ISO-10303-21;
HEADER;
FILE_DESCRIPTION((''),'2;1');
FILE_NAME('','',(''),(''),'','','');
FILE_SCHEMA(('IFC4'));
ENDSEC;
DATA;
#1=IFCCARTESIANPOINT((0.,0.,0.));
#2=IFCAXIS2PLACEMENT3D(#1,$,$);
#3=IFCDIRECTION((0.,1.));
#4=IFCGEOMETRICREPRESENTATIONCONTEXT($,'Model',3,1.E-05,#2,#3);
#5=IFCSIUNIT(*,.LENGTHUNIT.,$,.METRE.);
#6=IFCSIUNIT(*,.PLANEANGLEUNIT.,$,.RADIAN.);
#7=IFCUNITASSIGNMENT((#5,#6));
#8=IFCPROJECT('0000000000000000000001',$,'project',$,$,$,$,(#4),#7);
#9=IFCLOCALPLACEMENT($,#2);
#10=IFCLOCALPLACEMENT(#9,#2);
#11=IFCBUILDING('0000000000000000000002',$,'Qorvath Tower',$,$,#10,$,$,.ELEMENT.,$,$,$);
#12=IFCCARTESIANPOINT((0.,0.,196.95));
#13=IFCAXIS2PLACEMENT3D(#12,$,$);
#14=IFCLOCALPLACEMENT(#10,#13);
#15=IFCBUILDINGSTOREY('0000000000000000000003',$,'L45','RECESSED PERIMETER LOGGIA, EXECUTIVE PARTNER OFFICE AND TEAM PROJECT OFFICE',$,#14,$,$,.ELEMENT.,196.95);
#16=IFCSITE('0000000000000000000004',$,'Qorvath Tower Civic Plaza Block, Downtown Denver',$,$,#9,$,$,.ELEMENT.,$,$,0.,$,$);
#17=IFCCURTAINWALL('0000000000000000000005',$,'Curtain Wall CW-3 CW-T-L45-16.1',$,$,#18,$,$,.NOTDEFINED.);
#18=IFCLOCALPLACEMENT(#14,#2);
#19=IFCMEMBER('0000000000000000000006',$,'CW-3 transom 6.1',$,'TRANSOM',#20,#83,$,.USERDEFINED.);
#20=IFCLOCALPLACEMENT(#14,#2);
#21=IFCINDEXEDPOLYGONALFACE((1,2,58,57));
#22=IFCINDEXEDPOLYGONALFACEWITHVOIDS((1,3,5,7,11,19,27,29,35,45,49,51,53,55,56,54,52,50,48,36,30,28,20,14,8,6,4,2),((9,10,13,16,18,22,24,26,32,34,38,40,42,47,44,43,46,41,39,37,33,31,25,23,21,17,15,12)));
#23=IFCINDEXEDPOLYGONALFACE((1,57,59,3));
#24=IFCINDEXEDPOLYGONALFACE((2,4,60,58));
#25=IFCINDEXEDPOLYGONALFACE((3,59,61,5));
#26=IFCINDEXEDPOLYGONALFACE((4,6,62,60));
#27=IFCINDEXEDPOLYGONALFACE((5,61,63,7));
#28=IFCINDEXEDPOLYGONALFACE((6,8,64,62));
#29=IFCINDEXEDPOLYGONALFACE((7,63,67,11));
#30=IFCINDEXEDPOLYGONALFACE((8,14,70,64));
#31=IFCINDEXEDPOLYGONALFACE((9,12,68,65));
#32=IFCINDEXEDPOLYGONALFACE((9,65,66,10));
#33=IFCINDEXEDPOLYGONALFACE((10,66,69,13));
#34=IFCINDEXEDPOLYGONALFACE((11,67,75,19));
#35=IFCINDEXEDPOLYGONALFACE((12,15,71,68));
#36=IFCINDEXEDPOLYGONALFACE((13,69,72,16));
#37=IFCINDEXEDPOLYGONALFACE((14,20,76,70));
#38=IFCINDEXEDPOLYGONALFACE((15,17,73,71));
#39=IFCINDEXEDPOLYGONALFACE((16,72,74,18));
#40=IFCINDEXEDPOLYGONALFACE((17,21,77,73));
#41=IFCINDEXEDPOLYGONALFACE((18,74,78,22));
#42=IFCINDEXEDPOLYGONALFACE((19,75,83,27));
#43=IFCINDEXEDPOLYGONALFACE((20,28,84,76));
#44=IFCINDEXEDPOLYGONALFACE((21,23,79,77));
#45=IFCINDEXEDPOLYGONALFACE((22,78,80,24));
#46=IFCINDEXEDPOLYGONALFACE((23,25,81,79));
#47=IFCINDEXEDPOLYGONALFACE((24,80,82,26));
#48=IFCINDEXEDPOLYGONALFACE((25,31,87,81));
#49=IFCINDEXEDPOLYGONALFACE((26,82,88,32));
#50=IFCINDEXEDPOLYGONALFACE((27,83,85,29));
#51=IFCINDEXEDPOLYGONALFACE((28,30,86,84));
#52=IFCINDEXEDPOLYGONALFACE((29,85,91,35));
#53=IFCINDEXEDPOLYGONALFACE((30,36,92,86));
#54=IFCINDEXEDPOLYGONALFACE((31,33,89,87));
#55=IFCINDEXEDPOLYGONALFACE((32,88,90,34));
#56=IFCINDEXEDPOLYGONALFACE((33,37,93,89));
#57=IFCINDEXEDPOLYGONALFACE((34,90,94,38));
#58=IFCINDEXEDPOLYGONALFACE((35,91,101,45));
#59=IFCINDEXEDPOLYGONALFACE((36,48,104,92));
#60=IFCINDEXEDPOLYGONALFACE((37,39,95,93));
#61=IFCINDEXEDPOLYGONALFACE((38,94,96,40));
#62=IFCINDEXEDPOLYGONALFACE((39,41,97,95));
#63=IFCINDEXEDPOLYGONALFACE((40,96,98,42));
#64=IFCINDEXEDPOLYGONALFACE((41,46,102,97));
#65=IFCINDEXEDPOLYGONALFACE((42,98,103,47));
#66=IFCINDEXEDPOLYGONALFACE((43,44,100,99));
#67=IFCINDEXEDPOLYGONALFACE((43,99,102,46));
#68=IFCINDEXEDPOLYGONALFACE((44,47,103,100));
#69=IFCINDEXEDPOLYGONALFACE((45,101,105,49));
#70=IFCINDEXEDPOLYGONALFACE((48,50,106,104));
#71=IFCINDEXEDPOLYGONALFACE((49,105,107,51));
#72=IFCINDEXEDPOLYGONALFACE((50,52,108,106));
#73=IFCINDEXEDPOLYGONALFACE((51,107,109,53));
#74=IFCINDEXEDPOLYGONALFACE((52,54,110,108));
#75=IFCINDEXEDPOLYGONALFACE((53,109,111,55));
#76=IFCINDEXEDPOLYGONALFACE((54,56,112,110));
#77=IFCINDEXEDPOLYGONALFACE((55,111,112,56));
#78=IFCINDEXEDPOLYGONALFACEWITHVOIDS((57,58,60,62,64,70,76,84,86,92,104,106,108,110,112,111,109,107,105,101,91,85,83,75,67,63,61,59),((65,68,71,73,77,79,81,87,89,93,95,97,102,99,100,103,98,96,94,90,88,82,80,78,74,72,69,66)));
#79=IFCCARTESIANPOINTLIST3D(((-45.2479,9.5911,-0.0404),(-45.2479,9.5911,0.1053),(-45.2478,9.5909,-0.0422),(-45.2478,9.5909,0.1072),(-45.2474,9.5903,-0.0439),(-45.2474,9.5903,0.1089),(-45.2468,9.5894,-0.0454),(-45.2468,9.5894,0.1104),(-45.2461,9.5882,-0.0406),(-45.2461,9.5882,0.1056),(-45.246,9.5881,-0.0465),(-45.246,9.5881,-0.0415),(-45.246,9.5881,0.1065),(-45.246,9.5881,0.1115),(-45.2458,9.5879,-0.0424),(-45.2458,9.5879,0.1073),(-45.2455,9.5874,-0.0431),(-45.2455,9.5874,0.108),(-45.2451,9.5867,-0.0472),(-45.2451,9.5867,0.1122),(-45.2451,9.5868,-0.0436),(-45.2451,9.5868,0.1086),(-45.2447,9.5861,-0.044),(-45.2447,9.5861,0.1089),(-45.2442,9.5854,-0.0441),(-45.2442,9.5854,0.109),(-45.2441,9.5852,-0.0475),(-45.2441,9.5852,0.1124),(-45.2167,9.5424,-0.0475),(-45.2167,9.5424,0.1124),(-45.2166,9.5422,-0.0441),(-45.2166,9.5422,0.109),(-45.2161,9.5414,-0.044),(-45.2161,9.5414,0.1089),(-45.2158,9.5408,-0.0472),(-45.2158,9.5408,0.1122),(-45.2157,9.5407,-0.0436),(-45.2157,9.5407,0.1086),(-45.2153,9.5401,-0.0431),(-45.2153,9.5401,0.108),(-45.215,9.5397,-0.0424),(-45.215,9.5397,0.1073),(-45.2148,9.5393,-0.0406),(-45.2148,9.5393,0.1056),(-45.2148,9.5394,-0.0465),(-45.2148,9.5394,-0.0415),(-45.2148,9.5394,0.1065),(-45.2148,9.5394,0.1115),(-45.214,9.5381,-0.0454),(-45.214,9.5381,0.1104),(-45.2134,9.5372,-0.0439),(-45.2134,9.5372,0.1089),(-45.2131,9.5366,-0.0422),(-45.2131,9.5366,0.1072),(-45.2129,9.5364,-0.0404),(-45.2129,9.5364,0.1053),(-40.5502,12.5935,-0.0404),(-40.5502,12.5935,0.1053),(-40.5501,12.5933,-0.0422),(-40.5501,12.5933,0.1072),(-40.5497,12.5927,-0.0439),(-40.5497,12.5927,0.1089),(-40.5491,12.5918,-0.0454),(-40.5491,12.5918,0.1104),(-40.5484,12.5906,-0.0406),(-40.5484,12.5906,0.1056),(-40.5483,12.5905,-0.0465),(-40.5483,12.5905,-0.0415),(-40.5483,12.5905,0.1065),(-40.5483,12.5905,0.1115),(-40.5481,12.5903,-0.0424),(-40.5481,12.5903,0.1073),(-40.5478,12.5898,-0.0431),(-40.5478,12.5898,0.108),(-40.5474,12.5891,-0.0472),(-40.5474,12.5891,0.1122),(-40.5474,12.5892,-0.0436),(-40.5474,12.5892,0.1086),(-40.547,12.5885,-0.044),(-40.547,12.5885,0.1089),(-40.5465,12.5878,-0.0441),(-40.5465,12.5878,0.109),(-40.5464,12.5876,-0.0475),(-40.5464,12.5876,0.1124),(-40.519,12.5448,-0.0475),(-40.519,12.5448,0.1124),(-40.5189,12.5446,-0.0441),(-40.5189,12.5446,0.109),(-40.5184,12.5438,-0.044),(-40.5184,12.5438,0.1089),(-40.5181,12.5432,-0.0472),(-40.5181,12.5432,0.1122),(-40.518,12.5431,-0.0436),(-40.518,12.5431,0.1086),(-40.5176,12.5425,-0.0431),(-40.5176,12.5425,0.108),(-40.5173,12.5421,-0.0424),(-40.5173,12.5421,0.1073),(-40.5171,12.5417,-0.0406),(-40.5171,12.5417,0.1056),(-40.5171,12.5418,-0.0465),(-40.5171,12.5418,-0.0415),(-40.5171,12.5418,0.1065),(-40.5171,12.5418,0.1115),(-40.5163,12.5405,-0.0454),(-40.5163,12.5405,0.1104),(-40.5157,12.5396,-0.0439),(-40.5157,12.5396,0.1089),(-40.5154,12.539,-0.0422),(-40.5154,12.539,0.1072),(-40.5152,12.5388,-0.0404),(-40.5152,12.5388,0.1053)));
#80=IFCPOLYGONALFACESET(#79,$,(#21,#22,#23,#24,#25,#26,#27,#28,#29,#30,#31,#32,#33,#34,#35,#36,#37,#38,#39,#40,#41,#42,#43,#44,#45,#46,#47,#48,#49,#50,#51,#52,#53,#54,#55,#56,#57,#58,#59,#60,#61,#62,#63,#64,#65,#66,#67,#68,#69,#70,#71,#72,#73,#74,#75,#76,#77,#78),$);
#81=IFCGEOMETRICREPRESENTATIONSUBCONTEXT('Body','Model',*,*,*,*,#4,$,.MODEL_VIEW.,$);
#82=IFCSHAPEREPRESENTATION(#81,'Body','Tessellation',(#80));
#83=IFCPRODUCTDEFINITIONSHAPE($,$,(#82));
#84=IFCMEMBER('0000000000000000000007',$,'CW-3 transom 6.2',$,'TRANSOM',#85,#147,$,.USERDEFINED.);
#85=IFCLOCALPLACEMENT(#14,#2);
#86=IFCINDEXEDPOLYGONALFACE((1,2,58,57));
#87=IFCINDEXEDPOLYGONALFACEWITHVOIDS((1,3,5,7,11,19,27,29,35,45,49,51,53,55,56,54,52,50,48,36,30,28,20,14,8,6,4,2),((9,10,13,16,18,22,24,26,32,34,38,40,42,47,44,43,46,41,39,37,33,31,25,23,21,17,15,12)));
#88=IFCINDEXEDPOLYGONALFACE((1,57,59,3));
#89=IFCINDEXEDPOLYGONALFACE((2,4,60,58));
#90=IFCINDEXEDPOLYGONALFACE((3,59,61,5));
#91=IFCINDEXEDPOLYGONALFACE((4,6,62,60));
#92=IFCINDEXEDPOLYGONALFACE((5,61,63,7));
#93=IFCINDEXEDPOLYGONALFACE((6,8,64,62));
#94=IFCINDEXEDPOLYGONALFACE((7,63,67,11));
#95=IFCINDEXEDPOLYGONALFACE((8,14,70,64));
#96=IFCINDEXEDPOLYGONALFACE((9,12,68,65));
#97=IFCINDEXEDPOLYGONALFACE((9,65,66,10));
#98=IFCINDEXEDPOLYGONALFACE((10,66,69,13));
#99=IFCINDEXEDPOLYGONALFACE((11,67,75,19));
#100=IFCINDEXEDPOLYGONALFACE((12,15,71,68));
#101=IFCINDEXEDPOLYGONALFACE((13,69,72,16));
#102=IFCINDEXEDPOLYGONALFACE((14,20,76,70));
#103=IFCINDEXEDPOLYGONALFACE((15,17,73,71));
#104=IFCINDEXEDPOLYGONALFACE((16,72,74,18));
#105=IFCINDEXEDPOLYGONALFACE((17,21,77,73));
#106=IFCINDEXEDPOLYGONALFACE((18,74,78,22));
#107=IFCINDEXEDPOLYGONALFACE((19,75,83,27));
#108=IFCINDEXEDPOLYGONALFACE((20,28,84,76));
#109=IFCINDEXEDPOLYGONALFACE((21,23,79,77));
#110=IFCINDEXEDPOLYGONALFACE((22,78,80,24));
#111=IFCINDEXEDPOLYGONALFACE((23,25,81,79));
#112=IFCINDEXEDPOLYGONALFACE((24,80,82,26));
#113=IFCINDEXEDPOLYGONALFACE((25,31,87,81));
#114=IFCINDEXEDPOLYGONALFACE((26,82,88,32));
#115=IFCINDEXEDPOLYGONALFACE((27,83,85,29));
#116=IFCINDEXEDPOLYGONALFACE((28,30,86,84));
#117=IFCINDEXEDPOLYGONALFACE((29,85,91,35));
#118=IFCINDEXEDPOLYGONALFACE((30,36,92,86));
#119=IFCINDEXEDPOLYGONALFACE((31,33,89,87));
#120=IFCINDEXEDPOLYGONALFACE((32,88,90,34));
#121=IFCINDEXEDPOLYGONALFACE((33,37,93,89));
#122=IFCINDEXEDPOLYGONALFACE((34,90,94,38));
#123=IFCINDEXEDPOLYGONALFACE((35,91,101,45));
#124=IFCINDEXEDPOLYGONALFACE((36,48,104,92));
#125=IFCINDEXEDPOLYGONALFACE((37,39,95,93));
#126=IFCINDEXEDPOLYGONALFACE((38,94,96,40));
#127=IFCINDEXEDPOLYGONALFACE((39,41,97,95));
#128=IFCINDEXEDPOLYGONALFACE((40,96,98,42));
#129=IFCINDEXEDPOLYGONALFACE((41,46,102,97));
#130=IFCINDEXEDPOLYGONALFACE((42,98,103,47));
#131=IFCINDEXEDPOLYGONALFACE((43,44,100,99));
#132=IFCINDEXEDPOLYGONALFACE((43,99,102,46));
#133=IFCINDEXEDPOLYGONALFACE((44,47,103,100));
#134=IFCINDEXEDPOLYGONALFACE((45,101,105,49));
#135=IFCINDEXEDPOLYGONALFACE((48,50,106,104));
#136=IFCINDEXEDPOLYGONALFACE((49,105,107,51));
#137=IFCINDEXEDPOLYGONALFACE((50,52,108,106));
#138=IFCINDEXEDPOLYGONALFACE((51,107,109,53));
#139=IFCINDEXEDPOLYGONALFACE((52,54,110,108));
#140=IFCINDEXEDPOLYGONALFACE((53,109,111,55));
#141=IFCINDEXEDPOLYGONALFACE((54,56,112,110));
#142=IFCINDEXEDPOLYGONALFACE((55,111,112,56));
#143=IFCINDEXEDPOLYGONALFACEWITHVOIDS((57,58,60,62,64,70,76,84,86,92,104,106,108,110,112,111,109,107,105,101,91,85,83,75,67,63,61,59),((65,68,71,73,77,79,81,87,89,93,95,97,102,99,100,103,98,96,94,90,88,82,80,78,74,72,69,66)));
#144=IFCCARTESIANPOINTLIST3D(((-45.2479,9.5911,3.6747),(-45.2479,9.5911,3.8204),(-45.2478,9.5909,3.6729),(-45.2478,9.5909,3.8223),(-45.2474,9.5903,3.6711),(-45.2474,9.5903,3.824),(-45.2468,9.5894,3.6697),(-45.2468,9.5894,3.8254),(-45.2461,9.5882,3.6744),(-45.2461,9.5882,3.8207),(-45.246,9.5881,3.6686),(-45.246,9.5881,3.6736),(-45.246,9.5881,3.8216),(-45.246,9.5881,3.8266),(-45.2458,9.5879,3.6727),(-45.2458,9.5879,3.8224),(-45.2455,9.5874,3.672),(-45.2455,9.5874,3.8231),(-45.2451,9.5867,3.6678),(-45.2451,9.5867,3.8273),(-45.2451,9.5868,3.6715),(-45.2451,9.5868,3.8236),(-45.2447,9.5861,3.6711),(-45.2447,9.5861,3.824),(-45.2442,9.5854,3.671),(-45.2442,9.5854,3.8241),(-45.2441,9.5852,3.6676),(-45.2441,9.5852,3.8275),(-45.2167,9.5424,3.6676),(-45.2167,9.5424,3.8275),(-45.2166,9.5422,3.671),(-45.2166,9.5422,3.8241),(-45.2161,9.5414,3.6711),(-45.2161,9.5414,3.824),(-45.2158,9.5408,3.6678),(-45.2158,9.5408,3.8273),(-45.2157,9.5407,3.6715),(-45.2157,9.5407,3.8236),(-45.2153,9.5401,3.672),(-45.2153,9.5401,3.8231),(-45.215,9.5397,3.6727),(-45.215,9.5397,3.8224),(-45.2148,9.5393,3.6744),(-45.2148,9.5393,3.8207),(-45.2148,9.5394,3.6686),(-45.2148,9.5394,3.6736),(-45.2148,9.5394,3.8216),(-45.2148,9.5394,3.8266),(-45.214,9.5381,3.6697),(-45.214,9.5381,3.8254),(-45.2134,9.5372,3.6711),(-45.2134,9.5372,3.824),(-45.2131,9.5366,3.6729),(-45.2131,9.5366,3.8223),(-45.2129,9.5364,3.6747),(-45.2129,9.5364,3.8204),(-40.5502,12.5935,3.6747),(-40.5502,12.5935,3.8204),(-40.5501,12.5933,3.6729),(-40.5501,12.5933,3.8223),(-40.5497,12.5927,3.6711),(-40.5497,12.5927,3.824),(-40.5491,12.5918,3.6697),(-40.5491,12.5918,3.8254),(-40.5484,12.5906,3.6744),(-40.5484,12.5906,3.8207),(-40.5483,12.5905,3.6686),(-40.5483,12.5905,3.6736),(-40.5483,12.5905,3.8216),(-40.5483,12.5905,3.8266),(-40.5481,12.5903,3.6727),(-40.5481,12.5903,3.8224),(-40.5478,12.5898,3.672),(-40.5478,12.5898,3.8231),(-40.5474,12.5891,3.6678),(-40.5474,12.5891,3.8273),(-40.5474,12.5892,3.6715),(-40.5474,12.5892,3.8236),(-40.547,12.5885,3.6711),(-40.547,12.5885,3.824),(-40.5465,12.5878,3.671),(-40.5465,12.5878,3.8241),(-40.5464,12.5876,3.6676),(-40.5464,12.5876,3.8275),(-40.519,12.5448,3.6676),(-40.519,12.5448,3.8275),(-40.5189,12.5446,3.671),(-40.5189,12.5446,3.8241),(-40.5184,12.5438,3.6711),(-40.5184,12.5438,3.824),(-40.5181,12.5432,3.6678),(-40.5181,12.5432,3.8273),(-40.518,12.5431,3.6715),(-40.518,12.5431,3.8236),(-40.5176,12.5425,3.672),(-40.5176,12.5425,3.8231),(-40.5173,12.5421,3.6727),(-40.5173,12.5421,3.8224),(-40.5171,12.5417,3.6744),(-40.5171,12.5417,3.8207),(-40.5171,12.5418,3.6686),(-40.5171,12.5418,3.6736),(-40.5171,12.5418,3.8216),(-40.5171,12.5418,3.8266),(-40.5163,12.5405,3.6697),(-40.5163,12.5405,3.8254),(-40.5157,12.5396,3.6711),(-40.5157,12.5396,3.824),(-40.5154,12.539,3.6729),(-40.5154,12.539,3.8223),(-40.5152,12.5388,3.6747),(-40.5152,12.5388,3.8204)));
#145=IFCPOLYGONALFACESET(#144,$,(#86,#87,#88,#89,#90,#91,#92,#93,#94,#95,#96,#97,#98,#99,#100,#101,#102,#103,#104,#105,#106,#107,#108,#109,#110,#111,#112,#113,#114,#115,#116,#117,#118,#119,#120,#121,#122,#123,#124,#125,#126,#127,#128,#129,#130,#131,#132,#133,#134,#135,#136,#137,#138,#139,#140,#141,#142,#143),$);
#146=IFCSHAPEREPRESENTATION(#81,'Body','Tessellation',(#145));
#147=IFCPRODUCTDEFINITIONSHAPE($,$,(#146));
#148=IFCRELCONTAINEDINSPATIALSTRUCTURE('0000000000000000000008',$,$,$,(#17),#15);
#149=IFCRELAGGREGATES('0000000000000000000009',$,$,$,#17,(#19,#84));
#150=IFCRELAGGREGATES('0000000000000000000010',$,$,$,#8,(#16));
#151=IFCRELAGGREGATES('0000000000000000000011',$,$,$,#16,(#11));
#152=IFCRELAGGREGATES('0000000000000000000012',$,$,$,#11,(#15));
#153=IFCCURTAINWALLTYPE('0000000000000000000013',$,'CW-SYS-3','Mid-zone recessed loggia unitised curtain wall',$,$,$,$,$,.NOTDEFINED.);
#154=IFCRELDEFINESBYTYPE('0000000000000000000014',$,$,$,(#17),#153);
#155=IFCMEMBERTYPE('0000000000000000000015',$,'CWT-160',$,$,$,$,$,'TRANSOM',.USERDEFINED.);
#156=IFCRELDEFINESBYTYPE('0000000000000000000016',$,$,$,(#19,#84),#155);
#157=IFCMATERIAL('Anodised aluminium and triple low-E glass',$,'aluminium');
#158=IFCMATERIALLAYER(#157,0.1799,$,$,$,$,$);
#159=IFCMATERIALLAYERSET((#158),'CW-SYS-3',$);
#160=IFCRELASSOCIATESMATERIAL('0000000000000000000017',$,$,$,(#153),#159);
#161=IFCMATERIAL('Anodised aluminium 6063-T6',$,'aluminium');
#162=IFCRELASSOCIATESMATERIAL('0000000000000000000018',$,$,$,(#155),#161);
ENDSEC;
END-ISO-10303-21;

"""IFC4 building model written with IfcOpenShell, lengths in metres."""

from ifc_helpers import new_model, si_unit, direction, frame, origin, origin_2d, place, context, subcontext, project, spatial, hollow_rectangle, extrude, material, layer, layer_set, material_profile, profile_set, type_object, element, aggregate, save


model = new_model("IFC4")

# Units and contexts
model_context = context("Model", 3, precision=1e-05, world=origin(), true_north=direction((0.0, 1.0)))
body_context = subcontext(model_context, "Body", "Model", "MODEL_VIEW")
ifc_project = project(units=[si_unit("LENGTHUNIT", "METRE"), si_unit("PLANEANGLEUNIT", "RADIAN")], contexts=[model_context])

# Site, building, storey
site_placement = place(None, origin())
site = spatial("IfcSite", under=ifc_project, at=site_placement, Name="Qorvath Tower Civic Plaza Block, Downtown Denver", CompositionType="ELEMENT", RefElevation=0.0)
building_placement = place(site_placement, origin())
building = spatial("IfcBuilding", under=site, at=building_placement, Name="Qorvath Tower", CompositionType="ELEMENT")
storey_placement = place(building_placement, frame((0.0, 0.0, 196.95)))
storey = spatial("IfcBuildingStorey", under=building, at=storey_placement, Name="L45", Description="RECESSED PERIMETER LOGGIA, EXECUTIVE PARTNER OFFICE AND TEAM PROJECT OFFICE", CompositionType="ELEMENT", Elevation=196.95)

# Curtain wall, members
ifc_material_1 = material(Name="Anodised aluminium and triple low-E glass", Category="aluminium")
ifc_layer_1 = layer(ifc_material_1, 0.1799)
ifc_layer_set_1 = layer_set([ifc_layer_1], Name="CW-SYS-3")
curtain_wall_type = type_object("IfcCurtainWallType", Name="CW-SYS-3", Description="Mid-zone recessed loggia unitised curtain wall", PredefinedType="NOTDEFINED", material=ifc_layer_set_1)
curtain_wall_placement = place(storey_placement, origin())
curtain_wall = element("IfcCurtainWall", 1, at=curtain_wall_placement, inside=storey, type_object=curtain_wall_type, Name="Curtain Wall CW-3 CW-T-L45-16.1", PredefinedType="NOTDEFINED")
ifc_material_2 = material(Name="Anodised aluminium 6063-T6", Category="aluminium")
ifc_material_profile_1 = material_profile(ifc_material_2, hollow_rectangle(XDim=0.0649, YDim=0.1599, WallThickness=0.0034, InnerFilletRadius=0.0034, OuterFilletRadius=0.0071, at=origin_2d()), Name="CWT 160x65")
ifc_profile_set_1 = profile_set([ifc_material_profile_1], Name="Anodised aluminium 6063-T6")
member_type_1 = type_object("IfcMemberType", Name="CWT-160", ElementType="TRANSOM", PredefinedType="USERDEFINED", material=ifc_profile_set_1)
member_1_placement = place(storey_placement, frame((-40.5327, 12.5662, 0.0325), z_axis=(-0.842607, -0.538529, 0.0), x_axis=(0.538529, -0.842607, 0.0)))
member_1 = element("IfcMember", 2, at=member_1_placement, type_object=member_type_1, Name="CW-3 transom 6.1", ObjectType="TRANSOM", PredefinedType="USERDEFINED", context=body_context, shape_type="SweptSolid", body=[
    extrude(hollow_rectangle(XDim=0.0649, YDim=0.1599, WallThickness=0.0034, InnerFilletRadius=0.0034, OuterFilletRadius=0.0071, at=origin_2d()), origin(), (0.0, 0.0, 1.0), 5.5752),
])
member_2_placement = place(storey_placement, frame((-40.5327, 12.5662, 3.7476), z_axis=(-0.842607, -0.538529, 0.0), x_axis=(0.538529, -0.842607, 0.0)))
member_2 = element("IfcMember", 3, at=member_2_placement, type_object=member_type_1, Name="CW-3 transom 6.2", ObjectType="TRANSOM", PredefinedType="USERDEFINED", context=body_context, shape_type="SweptSolid", body=[
    extrude(hollow_rectangle(XDim=0.0649, YDim=0.1599, WallThickness=0.0034, InnerFilletRadius=0.0034, OuterFilletRadius=0.0071, at=origin_2d()), origin(), (0.0, 0.0, 1.0), 5.5752),
])
aggregate(curtain_wall, [member_1, member_2])

save(model, "model.ifc")
